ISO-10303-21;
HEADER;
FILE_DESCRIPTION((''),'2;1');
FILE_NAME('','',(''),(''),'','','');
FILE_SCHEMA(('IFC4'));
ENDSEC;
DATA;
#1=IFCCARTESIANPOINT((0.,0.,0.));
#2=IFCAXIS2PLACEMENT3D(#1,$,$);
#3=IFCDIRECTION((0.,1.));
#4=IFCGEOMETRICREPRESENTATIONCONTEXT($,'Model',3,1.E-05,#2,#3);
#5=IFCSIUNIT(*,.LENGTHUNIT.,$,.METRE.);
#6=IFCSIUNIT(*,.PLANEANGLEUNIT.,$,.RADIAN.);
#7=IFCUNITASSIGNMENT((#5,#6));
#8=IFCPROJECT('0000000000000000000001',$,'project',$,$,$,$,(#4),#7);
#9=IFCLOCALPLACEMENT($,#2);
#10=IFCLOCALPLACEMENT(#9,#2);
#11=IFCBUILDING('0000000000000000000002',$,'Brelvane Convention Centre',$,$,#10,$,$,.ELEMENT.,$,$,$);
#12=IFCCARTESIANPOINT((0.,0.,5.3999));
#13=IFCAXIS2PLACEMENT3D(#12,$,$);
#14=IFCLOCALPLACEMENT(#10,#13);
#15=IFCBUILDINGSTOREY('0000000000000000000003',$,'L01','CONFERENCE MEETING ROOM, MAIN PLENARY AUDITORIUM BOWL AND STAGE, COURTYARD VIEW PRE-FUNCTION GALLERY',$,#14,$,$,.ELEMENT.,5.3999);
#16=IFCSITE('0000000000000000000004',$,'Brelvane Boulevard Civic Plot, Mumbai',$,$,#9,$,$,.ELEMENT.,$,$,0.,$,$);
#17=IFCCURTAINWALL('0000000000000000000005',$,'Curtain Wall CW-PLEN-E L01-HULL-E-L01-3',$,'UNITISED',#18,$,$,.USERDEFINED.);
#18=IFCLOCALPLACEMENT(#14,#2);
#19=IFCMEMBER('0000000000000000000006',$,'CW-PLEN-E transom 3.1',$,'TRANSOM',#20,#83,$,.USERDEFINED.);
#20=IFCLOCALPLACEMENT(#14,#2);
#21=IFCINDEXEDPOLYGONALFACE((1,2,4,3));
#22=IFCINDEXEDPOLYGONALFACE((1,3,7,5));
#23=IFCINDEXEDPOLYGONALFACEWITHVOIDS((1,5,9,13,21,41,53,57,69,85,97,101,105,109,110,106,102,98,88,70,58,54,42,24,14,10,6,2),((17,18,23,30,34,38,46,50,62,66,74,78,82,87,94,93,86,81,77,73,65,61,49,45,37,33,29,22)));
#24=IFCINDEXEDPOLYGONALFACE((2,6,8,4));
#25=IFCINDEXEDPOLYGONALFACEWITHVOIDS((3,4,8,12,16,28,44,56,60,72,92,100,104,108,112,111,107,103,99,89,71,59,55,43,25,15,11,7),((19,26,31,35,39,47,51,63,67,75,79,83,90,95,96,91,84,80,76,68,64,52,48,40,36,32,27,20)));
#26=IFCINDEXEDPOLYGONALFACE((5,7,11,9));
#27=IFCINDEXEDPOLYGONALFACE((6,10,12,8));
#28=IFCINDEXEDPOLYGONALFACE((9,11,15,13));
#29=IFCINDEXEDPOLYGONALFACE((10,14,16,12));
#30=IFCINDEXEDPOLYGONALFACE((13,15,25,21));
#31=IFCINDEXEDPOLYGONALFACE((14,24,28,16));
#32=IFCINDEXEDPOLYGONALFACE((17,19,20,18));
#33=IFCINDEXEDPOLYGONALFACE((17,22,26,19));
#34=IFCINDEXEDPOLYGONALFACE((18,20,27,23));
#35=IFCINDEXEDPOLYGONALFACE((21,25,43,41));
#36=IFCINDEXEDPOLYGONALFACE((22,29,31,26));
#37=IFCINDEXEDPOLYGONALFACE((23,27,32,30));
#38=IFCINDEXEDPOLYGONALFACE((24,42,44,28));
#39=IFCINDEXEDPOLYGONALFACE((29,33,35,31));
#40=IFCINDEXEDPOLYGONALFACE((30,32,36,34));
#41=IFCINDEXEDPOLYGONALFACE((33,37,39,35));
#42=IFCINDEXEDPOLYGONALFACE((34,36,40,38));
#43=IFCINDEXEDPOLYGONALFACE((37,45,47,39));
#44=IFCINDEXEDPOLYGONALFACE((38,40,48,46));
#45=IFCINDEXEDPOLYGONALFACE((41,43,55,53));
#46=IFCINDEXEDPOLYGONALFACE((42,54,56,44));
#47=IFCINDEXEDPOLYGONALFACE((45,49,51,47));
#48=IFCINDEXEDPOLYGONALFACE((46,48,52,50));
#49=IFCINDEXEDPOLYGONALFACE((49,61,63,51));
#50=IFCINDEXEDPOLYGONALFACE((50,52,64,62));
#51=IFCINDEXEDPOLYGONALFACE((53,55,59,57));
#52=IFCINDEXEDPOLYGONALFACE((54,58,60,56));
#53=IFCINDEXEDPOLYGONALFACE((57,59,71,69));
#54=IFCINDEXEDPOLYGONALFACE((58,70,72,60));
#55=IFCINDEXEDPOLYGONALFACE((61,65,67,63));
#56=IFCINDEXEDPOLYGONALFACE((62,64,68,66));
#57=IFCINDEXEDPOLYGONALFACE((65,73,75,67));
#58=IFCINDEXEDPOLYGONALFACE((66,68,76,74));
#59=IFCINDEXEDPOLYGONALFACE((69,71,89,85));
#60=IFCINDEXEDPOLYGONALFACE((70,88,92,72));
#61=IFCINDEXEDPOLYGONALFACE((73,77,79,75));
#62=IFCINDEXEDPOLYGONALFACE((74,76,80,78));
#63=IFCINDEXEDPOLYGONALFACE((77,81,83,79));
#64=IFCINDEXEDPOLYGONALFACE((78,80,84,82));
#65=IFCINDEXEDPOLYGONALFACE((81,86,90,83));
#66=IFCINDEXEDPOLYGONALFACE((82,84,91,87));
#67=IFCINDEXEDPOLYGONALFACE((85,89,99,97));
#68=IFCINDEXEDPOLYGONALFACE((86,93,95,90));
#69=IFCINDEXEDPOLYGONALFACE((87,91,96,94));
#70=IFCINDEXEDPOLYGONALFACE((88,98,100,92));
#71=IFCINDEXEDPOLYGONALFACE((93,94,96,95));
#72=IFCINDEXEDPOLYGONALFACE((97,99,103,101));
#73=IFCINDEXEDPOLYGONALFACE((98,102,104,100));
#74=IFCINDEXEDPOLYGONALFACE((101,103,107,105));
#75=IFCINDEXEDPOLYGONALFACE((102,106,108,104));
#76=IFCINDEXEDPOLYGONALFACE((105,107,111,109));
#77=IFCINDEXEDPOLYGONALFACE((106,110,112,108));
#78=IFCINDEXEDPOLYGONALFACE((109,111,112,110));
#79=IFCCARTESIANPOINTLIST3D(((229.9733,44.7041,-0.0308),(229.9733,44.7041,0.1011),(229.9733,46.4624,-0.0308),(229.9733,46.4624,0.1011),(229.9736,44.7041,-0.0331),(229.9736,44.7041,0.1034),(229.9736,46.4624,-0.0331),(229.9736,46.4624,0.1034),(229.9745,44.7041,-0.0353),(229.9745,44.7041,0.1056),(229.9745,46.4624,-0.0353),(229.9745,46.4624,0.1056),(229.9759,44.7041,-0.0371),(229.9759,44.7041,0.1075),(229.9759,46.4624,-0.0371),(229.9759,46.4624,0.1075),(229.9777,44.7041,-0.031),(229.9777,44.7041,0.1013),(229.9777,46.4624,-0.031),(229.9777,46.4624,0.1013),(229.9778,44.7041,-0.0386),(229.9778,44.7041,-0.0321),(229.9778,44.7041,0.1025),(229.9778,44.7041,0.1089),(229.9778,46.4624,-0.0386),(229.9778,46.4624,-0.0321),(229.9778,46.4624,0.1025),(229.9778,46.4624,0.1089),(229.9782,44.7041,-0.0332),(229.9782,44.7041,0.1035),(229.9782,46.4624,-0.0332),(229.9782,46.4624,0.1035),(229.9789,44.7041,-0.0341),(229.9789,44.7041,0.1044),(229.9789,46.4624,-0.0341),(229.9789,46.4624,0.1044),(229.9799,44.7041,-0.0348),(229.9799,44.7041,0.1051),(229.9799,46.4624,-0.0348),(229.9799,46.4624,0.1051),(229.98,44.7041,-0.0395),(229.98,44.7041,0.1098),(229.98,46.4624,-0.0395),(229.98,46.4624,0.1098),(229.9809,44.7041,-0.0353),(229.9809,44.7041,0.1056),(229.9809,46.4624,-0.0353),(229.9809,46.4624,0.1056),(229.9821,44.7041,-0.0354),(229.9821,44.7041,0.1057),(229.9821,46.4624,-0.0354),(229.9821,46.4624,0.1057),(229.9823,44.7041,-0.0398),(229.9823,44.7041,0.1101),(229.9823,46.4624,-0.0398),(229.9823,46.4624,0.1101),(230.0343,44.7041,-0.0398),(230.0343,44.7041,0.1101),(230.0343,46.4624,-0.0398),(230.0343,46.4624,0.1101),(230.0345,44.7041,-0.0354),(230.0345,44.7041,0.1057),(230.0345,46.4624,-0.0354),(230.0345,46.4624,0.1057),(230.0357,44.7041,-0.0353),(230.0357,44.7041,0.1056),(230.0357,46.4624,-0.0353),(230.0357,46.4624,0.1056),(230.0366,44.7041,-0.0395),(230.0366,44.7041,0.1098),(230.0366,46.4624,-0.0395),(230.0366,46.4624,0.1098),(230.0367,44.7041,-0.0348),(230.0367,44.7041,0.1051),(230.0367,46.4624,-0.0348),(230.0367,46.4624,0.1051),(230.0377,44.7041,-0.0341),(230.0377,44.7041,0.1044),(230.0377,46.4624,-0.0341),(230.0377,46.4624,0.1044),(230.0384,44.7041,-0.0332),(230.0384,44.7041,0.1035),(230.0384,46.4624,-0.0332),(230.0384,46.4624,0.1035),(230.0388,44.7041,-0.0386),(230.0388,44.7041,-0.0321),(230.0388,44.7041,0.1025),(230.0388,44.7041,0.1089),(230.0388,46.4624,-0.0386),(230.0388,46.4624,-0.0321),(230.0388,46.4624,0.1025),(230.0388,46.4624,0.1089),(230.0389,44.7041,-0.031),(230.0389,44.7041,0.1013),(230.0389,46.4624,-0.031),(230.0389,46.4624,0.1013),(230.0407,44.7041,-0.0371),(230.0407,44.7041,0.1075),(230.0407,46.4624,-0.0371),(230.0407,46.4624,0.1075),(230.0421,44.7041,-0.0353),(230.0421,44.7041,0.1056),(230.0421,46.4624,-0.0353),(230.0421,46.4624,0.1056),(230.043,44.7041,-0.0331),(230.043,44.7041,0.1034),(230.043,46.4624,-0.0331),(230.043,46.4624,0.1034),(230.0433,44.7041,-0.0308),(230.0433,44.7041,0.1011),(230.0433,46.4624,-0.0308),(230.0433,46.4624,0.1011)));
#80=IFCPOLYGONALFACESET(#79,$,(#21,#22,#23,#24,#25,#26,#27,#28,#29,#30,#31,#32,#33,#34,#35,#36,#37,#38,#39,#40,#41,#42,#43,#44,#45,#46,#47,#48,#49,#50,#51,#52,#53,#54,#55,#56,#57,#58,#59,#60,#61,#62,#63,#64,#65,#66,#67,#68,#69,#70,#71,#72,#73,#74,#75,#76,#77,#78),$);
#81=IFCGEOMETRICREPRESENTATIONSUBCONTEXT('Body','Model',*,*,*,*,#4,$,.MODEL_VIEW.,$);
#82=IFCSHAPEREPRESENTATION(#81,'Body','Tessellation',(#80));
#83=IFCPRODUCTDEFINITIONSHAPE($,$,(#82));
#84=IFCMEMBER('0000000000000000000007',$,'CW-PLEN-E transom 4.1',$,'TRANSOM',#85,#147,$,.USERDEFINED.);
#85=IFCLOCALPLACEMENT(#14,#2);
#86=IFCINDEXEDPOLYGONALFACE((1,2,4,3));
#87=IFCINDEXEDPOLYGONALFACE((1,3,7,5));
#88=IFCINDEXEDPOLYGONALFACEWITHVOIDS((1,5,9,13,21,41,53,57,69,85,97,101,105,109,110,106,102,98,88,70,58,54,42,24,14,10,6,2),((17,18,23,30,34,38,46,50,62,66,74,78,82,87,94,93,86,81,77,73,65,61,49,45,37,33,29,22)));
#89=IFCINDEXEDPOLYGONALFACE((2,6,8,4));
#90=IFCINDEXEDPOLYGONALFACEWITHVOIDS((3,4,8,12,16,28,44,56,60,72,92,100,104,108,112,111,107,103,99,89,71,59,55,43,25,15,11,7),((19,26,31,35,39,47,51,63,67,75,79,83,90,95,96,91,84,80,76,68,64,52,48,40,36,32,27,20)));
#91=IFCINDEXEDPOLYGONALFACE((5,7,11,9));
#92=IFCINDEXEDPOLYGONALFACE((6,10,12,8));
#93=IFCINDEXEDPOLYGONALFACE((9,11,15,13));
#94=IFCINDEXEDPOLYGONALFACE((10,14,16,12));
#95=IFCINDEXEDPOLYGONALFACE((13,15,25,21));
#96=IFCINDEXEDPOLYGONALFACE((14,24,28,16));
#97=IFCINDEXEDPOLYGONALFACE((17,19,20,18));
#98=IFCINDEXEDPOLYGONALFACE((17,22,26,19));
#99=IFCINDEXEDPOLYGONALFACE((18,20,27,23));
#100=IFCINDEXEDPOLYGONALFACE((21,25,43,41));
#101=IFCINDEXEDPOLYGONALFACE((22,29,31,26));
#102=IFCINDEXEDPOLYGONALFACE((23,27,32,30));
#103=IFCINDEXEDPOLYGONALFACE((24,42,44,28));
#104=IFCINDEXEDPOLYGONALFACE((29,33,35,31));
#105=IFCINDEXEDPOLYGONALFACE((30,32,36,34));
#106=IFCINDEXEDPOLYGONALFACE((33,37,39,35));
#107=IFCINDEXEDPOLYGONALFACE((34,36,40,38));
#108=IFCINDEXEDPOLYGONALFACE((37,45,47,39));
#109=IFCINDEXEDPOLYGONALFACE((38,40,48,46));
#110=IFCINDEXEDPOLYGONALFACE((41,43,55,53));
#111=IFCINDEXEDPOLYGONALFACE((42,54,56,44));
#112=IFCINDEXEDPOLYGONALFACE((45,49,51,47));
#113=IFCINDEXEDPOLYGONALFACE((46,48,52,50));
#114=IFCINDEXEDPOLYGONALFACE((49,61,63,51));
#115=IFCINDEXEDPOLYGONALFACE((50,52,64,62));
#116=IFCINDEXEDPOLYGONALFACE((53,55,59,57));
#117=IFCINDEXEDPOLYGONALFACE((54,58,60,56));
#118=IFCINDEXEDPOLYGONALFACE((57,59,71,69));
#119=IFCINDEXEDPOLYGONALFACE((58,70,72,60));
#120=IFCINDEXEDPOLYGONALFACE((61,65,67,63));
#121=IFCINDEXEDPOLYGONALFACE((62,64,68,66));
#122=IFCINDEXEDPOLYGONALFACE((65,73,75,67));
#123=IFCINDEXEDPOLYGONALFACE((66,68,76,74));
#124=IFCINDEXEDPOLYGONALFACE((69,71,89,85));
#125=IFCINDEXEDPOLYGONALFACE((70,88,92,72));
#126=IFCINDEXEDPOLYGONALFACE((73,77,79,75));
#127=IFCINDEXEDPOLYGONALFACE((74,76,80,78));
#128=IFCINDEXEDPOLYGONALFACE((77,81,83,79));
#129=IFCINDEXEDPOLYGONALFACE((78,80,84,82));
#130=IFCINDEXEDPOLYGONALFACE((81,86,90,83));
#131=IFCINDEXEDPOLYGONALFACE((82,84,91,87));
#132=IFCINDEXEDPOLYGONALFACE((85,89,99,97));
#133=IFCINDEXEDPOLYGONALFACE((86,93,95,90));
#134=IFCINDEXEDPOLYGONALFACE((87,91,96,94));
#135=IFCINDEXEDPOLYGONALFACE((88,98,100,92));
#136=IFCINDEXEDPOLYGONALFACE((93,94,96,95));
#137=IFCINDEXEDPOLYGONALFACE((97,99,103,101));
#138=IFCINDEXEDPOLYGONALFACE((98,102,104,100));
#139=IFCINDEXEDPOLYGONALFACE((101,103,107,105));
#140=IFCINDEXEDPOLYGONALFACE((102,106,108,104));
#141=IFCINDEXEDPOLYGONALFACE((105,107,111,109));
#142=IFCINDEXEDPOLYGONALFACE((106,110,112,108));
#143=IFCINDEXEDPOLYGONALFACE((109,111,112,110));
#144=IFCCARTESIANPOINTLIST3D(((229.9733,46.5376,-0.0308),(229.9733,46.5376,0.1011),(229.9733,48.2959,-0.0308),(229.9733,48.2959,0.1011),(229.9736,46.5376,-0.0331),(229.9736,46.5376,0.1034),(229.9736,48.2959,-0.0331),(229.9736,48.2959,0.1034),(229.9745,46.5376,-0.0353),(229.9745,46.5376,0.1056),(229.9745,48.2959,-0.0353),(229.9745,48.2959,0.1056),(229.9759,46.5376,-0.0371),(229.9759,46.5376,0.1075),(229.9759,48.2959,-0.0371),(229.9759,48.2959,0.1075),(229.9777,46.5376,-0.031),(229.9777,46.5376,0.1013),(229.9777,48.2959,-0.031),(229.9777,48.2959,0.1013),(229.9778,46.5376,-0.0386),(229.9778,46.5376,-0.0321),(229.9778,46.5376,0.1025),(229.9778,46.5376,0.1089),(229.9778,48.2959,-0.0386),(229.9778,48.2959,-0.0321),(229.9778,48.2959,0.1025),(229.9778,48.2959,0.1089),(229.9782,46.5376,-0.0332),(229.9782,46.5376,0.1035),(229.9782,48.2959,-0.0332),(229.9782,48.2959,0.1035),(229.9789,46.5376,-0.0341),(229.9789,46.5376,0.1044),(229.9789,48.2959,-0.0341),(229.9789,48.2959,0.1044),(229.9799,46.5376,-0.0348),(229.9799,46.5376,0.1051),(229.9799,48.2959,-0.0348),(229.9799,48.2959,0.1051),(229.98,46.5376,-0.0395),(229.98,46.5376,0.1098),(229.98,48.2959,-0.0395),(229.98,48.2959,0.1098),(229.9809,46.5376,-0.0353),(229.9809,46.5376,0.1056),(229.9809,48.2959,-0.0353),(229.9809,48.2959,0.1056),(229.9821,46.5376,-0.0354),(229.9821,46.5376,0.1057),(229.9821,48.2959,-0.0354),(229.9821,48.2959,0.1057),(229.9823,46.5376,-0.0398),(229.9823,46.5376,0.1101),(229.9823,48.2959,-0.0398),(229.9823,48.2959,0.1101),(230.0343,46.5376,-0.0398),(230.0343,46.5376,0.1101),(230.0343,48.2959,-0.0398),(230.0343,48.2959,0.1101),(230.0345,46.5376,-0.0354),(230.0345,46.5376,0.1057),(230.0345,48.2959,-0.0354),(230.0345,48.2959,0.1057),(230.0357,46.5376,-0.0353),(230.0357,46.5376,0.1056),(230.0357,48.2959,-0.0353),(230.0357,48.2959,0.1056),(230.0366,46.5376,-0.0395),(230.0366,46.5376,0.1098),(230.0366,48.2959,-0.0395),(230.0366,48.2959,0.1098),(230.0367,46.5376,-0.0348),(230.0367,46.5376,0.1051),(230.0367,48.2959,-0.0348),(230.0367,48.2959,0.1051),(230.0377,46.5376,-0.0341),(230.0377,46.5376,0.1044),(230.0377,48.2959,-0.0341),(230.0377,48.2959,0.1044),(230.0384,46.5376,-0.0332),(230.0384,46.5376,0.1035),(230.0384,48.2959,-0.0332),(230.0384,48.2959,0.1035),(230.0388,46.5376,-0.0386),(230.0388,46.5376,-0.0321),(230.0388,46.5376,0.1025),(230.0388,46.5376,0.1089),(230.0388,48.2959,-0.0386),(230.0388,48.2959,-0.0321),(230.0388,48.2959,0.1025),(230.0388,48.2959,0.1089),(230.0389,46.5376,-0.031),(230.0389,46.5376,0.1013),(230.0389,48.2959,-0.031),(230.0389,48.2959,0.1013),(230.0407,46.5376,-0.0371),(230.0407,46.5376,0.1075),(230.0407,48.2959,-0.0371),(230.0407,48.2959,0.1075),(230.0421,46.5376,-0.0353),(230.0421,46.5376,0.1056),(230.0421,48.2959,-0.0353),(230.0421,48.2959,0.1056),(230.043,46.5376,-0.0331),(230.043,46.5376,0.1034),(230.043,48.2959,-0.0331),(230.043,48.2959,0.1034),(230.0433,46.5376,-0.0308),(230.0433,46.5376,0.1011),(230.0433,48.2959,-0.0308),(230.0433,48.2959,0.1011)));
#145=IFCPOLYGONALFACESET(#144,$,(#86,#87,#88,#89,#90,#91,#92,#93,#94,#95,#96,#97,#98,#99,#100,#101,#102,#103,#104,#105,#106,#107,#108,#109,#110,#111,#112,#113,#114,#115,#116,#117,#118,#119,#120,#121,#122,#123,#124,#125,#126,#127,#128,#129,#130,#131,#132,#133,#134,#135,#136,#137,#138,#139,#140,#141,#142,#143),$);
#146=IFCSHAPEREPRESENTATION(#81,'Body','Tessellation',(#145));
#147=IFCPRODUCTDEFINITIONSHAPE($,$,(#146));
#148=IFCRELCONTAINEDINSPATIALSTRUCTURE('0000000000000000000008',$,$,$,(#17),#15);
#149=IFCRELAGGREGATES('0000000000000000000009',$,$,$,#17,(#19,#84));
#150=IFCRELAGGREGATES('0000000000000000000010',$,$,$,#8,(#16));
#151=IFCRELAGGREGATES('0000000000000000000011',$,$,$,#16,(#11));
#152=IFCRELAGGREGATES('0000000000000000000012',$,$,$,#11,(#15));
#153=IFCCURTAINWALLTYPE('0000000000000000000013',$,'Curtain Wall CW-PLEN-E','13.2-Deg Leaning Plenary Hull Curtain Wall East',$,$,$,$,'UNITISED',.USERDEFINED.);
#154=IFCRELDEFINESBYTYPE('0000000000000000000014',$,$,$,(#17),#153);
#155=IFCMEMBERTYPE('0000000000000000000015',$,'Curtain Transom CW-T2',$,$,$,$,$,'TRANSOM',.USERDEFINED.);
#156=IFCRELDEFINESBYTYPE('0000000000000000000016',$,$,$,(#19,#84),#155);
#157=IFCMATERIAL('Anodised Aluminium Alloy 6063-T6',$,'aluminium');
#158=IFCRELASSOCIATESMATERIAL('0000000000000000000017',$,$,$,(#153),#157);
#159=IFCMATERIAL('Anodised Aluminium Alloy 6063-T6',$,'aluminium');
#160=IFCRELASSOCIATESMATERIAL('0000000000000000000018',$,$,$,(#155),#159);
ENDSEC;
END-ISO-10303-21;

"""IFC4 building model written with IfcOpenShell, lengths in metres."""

from ifc_helpers import new_model, si_unit, direction, frame, origin, origin_2d, place, context, subcontext, project, spatial, hollow_rectangle, extrude, material, material_profile, profile_set, type_object, element, aggregate, save


model = new_model("IFC4")

# Units and contexts
model_context = context("Model", 3, precision=1e-05, world=origin(), true_north=direction((0.0, 1.0)))
body_context = subcontext(model_context, "Body", "Model", "MODEL_VIEW")
ifc_project = project(units=[si_unit("LENGTHUNIT", "METRE"), si_unit("PLANEANGLEUNIT", "RADIAN")], contexts=[model_context])

# Site, building, storey
site_placement = place(None, origin())
site = spatial("IfcSite", under=ifc_project, at=site_placement, Name="Brelvane Boulevard Civic Plot, Mumbai", CompositionType="ELEMENT", RefElevation=0.0)
building_placement = place(site_placement, origin())
building = spatial("IfcBuilding", under=site, at=building_placement, Name="Brelvane Convention Centre", CompositionType="ELEMENT")
storey_placement = place(building_placement, frame((0.0, 0.0, 5.3999)))
storey = spatial("IfcBuildingStorey", under=building, at=storey_placement, Name="L01", Description="CONFERENCE MEETING ROOM, MAIN PLENARY AUDITORIUM BOWL AND STAGE, COURTYARD VIEW PRE-FUNCTION GALLERY", CompositionType="ELEMENT", Elevation=5.3999)

# Curtain wall, members
ifc_material_1 = material(Name="Anodised Aluminium Alloy 6063-T6", Category="aluminium")
curtain_wall_type = type_object("IfcCurtainWallType", Name="Curtain Wall CW-PLEN-E", Description="13.2-Deg Leaning Plenary Hull Curtain Wall East", ElementType="UNITISED", PredefinedType="USERDEFINED", material=ifc_material_1)
curtain_wall_placement = place(storey_placement, origin())
curtain_wall = element("IfcCurtainWall", 1, at=curtain_wall_placement, inside=storey, type_object=curtain_wall_type, Name="Curtain Wall CW-PLEN-E L01-HULL-E-L01-3", ObjectType="UNITISED", PredefinedType="USERDEFINED")
ifc_material_2 = material(Name="Anodised Aluminium Alloy 6063-T6", Category="aluminium")
ifc_material_profile_1 = material_profile(ifc_material_2, hollow_rectangle(XDim=0.0701, YDim=0.1499, WallThickness=0.0044, InnerFilletRadius=0.0044, OuterFilletRadius=0.009, at=origin_2d()), Name="ALU-T 150x70x4.5")
ifc_profile_set_1 = profile_set([ifc_material_profile_1], Name="Anodised Aluminium Alloy 6063-T6")
member_type_1 = type_object("IfcMemberType", Name="Curtain Transom CW-T2", ElementType="TRANSOM", PredefinedType="USERDEFINED", material=ifc_profile_set_1)
member_1_placement = place(storey_placement, frame((230.0083, 44.7041, 0.0352), z_axis=(0.0, 1.0, 0.0), x_axis=(-1.0, 0.0, 0.0)))
member_1 = element("IfcMember", 2, at=member_1_placement, type_object=member_type_1, Name="CW-PLEN-E transom 3.1", ObjectType="TRANSOM", PredefinedType="USERDEFINED", context=body_context, shape_type="SweptSolid", body=[
    extrude(hollow_rectangle(XDim=0.0701, YDim=0.1499, WallThickness=0.0044, InnerFilletRadius=0.0044, OuterFilletRadius=0.009, at=origin_2d()), origin(), (0.0, 0.0, 1.0), 1.7583),
])
member_2_placement = place(storey_placement, frame((230.0083, 46.5376, 0.0352), z_axis=(0.0, 1.0, 0.0), x_axis=(-1.0, 0.0, 0.0)))
member_2 = element("IfcMember", 3, at=member_2_placement, type_object=member_type_1, Name="CW-PLEN-E transom 4.1", ObjectType="TRANSOM", PredefinedType="USERDEFINED", context=body_context, shape_type="SweptSolid", body=[
    extrude(hollow_rectangle(XDim=0.0701, YDim=0.1499, WallThickness=0.0044, InnerFilletRadius=0.0044, OuterFilletRadius=0.009, at=origin_2d()), origin(), (0.0, 0.0, 1.0), 1.7583),
])

aggregate(curtain_wall, [member_1, member_2])

save(model, "model.ifc")
